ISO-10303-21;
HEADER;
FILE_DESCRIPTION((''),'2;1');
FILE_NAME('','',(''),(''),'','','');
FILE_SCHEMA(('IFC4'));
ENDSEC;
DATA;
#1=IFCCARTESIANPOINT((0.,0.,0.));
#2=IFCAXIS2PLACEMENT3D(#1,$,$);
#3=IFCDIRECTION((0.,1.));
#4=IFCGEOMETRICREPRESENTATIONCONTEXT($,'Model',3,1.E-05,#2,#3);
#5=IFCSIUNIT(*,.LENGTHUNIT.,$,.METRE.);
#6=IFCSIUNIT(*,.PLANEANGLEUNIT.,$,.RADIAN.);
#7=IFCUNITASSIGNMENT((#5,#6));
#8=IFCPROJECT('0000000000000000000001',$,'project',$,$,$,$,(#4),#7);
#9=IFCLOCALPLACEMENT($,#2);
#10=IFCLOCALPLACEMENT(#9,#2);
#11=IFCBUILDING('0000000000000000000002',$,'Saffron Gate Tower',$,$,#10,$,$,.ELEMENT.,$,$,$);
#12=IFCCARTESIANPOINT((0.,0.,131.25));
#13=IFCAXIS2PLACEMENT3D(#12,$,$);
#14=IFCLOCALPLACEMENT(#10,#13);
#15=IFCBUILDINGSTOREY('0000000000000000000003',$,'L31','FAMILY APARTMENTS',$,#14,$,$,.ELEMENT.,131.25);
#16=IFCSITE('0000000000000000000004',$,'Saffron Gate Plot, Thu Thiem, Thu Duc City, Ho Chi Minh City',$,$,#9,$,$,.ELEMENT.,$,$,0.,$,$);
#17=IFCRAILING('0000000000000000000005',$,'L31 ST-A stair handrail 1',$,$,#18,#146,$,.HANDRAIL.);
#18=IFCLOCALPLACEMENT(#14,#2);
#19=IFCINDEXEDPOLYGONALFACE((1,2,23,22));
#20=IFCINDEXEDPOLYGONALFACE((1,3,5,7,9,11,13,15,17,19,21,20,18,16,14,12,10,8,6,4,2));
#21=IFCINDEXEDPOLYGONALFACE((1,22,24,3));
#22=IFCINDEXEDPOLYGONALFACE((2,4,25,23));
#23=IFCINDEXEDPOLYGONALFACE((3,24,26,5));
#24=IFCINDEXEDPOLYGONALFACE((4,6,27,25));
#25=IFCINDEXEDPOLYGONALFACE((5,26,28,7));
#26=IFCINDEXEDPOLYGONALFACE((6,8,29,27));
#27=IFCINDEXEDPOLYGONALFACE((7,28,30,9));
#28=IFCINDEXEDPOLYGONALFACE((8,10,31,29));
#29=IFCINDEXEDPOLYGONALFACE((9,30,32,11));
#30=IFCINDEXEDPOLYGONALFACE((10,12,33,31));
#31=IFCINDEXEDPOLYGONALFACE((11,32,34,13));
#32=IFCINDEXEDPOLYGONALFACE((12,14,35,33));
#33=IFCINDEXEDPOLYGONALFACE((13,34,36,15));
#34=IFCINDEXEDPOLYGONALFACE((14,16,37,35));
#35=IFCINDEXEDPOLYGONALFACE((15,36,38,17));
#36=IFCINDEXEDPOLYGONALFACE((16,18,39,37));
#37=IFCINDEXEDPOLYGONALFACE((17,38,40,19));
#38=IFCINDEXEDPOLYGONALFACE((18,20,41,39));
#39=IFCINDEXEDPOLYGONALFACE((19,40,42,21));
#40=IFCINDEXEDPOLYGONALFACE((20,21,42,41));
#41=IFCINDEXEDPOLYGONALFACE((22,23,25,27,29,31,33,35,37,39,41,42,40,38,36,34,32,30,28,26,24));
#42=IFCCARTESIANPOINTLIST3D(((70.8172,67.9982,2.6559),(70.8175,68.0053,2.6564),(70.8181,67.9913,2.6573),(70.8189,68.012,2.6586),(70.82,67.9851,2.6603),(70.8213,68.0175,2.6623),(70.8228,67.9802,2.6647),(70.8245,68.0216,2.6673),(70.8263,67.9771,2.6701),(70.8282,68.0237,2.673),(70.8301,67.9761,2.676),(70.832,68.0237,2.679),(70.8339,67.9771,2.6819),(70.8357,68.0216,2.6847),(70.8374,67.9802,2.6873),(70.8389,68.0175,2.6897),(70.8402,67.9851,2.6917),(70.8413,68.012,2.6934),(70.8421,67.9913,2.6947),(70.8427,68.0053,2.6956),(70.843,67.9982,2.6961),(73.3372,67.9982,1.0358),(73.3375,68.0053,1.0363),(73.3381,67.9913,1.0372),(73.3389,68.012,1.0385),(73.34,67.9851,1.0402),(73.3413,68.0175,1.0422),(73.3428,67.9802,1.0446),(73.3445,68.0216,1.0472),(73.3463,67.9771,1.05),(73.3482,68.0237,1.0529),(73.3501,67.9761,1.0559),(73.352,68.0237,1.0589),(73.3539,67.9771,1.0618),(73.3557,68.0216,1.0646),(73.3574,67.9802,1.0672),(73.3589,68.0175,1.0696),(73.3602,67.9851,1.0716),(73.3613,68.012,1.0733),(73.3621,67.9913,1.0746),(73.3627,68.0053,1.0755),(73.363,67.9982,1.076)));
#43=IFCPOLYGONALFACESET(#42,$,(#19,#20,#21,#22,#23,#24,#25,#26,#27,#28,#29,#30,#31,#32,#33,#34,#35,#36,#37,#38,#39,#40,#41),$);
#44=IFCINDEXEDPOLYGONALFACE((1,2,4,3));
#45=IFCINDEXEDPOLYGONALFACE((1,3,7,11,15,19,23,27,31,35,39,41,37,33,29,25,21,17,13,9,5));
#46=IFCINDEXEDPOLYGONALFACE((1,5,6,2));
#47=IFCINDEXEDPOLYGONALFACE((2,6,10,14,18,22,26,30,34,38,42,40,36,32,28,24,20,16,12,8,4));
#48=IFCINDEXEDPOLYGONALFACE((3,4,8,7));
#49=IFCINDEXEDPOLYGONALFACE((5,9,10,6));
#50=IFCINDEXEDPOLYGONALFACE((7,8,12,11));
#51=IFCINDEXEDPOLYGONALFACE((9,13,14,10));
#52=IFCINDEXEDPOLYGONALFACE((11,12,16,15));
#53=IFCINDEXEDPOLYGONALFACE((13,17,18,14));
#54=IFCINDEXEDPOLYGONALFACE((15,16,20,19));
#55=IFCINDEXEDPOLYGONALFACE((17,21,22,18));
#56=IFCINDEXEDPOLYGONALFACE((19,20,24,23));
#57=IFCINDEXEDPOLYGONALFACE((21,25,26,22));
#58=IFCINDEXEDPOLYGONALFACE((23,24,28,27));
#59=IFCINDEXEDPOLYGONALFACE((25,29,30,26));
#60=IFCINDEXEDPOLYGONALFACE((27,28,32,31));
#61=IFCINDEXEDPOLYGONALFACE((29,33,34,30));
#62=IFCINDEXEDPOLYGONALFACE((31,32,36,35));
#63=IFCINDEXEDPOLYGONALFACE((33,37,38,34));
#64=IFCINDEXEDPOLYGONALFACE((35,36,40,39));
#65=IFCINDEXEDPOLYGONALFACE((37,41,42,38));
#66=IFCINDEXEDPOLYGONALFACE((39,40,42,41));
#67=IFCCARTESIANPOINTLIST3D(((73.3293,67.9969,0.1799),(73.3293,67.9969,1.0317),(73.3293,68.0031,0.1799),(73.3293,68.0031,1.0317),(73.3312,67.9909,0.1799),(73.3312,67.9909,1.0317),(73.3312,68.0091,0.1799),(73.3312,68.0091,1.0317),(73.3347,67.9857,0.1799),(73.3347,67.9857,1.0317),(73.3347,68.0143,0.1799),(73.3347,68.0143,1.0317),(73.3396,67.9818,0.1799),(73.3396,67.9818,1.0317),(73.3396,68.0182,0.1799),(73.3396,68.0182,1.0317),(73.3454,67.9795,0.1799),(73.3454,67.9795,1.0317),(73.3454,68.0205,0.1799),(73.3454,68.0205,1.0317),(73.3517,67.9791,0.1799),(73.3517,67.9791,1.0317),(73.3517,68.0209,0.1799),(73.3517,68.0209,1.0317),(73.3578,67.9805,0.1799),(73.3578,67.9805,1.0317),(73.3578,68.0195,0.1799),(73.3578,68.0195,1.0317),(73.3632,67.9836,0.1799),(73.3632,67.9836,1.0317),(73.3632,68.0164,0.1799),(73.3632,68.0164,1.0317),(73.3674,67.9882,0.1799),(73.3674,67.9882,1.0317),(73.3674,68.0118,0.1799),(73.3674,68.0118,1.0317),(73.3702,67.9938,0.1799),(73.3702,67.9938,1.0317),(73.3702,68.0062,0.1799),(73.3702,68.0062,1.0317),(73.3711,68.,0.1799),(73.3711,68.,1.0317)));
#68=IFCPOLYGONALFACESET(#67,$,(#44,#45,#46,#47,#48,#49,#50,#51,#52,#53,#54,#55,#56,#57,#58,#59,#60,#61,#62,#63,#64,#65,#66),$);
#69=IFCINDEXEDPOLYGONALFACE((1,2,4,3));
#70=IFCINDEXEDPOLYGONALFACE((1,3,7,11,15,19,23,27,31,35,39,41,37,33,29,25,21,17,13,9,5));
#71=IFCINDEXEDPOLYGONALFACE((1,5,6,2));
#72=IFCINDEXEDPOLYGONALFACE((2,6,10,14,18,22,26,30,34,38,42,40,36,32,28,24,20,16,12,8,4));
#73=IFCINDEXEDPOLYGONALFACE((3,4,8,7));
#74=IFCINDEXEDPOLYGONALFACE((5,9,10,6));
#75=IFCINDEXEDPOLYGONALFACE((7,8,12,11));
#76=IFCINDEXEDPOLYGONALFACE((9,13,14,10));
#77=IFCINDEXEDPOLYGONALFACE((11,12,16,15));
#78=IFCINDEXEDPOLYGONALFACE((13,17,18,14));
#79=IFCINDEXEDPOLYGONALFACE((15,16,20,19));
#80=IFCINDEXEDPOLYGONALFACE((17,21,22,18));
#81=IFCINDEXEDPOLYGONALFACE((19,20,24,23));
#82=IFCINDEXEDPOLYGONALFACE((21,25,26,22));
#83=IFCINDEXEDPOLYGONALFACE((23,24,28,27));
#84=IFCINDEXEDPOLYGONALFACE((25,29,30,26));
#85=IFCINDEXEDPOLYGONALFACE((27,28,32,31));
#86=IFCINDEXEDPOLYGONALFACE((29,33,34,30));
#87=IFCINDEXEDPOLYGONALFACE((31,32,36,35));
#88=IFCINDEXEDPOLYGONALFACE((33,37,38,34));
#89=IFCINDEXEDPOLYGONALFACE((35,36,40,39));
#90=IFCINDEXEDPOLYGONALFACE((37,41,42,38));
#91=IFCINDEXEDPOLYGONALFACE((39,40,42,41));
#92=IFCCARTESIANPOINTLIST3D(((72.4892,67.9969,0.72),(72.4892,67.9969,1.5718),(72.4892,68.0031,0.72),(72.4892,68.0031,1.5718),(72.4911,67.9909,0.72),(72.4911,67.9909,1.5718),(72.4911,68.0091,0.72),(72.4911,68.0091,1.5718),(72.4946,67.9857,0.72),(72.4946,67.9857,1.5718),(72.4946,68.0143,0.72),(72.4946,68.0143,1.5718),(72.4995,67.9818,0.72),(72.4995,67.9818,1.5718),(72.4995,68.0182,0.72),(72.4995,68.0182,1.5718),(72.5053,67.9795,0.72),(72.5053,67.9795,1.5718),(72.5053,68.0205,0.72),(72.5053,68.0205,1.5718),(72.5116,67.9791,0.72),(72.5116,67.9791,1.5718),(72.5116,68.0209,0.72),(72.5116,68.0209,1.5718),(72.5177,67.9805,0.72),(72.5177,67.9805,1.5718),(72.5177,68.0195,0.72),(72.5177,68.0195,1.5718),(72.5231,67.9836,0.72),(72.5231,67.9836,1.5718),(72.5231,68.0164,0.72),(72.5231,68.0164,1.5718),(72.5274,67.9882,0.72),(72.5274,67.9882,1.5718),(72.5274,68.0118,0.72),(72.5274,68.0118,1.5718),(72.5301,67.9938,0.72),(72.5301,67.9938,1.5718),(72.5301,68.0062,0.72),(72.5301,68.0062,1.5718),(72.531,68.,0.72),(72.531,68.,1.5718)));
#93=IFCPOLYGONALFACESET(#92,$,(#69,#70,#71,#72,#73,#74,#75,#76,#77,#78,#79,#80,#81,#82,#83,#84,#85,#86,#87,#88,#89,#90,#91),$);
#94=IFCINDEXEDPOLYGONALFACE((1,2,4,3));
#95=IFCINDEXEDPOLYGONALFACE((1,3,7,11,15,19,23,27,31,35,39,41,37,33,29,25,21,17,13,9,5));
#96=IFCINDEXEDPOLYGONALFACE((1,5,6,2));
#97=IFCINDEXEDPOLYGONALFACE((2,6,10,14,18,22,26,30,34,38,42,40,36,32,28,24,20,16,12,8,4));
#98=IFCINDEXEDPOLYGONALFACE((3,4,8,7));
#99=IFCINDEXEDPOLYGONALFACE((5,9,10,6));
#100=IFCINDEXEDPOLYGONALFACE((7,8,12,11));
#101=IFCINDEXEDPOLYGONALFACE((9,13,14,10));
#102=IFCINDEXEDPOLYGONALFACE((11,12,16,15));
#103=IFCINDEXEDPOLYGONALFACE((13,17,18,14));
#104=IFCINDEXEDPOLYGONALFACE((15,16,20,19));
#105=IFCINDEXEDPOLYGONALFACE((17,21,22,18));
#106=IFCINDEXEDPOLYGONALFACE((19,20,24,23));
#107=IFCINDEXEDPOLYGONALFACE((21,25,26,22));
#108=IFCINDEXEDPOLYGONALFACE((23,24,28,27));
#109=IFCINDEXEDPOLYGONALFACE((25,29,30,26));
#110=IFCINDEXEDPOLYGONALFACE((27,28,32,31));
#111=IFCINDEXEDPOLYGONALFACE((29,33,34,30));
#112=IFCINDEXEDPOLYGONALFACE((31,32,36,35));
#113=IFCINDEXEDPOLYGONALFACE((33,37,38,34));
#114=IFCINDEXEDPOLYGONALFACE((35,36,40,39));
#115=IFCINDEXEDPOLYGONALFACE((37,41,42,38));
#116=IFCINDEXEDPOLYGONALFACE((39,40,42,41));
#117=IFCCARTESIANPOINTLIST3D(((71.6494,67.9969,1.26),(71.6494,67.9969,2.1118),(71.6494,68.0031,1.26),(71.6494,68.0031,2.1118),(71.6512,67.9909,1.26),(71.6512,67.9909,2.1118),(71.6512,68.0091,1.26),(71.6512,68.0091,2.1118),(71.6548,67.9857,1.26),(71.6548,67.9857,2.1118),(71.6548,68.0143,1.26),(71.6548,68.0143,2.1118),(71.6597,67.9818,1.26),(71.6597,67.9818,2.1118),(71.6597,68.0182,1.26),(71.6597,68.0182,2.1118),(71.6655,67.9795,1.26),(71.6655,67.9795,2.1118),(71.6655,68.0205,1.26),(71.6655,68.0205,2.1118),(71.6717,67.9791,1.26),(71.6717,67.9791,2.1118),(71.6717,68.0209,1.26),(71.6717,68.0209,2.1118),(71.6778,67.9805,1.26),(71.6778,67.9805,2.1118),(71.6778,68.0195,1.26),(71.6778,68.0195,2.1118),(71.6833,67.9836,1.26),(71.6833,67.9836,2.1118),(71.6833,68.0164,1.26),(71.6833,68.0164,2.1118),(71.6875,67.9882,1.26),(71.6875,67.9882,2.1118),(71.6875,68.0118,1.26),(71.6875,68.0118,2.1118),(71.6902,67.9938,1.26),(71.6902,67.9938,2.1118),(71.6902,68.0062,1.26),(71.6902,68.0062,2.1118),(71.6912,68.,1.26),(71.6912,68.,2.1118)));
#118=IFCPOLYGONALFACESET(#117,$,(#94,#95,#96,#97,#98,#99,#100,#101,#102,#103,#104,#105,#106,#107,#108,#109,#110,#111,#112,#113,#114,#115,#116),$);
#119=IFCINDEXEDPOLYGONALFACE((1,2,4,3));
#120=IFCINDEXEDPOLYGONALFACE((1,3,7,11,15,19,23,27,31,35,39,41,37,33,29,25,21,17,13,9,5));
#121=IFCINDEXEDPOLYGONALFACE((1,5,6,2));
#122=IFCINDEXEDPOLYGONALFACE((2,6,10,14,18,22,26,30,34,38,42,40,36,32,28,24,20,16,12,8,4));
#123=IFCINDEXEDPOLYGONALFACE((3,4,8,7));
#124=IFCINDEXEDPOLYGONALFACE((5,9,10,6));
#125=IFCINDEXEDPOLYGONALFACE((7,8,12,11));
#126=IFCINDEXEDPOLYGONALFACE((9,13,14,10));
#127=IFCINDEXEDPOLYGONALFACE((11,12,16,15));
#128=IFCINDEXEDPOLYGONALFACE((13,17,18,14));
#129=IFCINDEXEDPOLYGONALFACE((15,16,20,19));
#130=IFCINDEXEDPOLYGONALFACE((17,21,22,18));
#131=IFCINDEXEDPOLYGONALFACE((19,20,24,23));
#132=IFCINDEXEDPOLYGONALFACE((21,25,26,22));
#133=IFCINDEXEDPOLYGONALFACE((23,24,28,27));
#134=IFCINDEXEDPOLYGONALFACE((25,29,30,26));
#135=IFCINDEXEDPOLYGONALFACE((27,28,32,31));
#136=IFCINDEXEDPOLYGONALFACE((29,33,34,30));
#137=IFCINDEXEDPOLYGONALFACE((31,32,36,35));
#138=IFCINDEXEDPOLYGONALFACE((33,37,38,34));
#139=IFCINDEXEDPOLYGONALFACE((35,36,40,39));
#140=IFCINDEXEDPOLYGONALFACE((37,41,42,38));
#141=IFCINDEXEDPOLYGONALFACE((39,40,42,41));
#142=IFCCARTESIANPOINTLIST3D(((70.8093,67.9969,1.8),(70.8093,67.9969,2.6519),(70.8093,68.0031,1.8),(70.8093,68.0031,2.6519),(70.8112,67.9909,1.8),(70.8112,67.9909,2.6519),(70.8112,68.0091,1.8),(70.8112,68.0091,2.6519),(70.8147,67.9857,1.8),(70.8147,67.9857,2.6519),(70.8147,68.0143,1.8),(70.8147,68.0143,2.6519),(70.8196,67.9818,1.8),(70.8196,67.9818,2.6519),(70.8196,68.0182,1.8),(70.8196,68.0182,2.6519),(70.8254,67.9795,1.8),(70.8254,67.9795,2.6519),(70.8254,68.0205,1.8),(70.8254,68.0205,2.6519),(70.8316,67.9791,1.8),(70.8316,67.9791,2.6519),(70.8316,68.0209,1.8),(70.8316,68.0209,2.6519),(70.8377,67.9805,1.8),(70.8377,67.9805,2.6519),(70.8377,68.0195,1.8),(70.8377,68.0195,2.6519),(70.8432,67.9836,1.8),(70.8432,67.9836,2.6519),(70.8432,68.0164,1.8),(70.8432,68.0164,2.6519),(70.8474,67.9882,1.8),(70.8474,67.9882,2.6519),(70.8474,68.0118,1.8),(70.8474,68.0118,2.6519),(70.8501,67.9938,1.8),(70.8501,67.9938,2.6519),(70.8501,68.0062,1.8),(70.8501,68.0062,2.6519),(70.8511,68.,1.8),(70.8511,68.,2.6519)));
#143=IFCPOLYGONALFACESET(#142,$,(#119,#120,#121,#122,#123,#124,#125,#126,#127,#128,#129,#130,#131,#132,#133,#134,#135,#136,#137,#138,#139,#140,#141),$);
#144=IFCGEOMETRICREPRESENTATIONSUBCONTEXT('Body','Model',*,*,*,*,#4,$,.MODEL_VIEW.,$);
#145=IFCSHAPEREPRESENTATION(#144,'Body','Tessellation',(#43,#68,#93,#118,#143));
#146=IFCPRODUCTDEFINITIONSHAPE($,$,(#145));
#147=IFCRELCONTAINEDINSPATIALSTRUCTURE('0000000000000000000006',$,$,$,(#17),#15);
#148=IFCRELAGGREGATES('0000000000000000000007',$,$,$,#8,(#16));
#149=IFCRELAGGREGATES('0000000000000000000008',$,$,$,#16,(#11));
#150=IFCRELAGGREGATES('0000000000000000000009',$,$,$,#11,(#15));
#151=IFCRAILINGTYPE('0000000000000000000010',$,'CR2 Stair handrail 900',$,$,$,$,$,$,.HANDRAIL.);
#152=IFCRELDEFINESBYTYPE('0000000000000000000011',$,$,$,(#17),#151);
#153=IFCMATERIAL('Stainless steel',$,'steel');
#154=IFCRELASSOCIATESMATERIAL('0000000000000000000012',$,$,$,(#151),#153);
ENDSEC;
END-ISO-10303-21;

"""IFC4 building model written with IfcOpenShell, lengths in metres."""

from ifc_helpers import new_model, si_unit, direction, frame, origin, origin_2d, place, context, subcontext, project, spatial, circle, extrude, material, type_object, element, save


model = new_model("IFC4")

# Units and contexts
model_context = context("Model", 3, precision=1e-05, world=origin(), true_north=direction((0.0, 1.0)))
body_context = subcontext(model_context, "Body", "Model", "MODEL_VIEW")
ifc_project = project(units=[si_unit("LENGTHUNIT", "METRE"), si_unit("PLANEANGLEUNIT", "RADIAN")], contexts=[model_context])

# Site, building, storey
site_placement = place(None, origin())
site = spatial("IfcSite", under=ifc_project, at=site_placement, Name="Saffron Gate Plot, Thu Thiem, Thu Duc City, Ho Chi Minh City", CompositionType="ELEMENT", RefElevation=0.0)
building_placement = place(site_placement, origin())
building = spatial("IfcBuilding", under=site, at=building_placement, Name="Saffron Gate Tower", CompositionType="ELEMENT")
storey_placement = place(building_placement, frame((0.0, 0.0, 131.25)))
storey = spatial("IfcBuildingStorey", under=building, at=storey_placement, Name="L31", Description="FAMILY APARTMENTS", CompositionType="ELEMENT", Elevation=131.25)

# Railing
ifc_material_1 = material(Name="Stainless steel", Category="steel")
railing_type_1 = type_object("IfcRailingType", Name="CR2 Stair handrail 900", PredefinedType="HANDRAIL", material=ifc_material_1)
railing_1_placement = place(storey_placement, frame((73.3501, 68.0, 0.1799)))
element("IfcRailing", 1, at=railing_1_placement, inside=storey, type_object=railing_type_1, Name="L31 ST-A stair handrail 1", PredefinedType="HANDRAIL", context=body_context, shape_type="SweptSolid", body=[
    extrude(circle(Radius=0.0239, at=origin_2d()), frame((0.0, 0.0, 0.876), z_axis=(-0.841163, 0.0, 0.540782), x_axis=(0.0, -1.0, 0.0)), (0.0, 0.0, 1.0), 2.9958),
    extrude(circle(Radius=0.021, at=origin_2d()), origin(), (0.0, 0.0, 1.0), 0.8518),
    extrude(circle(Radius=0.021, at=origin_2d()), frame((-0.8401, 0.0, 0.54)), (0.0, 0.0, 1.0), 0.8518),
    extrude(circle(Radius=0.021, at=origin_2d()), frame((-1.6799, 0.0, 1.0801)), (0.0, 0.0, 1.0), 0.8518),
    extrude(circle(Radius=0.021, at=origin_2d()), frame((-2.52, 0.0, 1.6201)), (0.0, 0.0, 1.0), 0.8518),
])

save(model, "model.ifc")
